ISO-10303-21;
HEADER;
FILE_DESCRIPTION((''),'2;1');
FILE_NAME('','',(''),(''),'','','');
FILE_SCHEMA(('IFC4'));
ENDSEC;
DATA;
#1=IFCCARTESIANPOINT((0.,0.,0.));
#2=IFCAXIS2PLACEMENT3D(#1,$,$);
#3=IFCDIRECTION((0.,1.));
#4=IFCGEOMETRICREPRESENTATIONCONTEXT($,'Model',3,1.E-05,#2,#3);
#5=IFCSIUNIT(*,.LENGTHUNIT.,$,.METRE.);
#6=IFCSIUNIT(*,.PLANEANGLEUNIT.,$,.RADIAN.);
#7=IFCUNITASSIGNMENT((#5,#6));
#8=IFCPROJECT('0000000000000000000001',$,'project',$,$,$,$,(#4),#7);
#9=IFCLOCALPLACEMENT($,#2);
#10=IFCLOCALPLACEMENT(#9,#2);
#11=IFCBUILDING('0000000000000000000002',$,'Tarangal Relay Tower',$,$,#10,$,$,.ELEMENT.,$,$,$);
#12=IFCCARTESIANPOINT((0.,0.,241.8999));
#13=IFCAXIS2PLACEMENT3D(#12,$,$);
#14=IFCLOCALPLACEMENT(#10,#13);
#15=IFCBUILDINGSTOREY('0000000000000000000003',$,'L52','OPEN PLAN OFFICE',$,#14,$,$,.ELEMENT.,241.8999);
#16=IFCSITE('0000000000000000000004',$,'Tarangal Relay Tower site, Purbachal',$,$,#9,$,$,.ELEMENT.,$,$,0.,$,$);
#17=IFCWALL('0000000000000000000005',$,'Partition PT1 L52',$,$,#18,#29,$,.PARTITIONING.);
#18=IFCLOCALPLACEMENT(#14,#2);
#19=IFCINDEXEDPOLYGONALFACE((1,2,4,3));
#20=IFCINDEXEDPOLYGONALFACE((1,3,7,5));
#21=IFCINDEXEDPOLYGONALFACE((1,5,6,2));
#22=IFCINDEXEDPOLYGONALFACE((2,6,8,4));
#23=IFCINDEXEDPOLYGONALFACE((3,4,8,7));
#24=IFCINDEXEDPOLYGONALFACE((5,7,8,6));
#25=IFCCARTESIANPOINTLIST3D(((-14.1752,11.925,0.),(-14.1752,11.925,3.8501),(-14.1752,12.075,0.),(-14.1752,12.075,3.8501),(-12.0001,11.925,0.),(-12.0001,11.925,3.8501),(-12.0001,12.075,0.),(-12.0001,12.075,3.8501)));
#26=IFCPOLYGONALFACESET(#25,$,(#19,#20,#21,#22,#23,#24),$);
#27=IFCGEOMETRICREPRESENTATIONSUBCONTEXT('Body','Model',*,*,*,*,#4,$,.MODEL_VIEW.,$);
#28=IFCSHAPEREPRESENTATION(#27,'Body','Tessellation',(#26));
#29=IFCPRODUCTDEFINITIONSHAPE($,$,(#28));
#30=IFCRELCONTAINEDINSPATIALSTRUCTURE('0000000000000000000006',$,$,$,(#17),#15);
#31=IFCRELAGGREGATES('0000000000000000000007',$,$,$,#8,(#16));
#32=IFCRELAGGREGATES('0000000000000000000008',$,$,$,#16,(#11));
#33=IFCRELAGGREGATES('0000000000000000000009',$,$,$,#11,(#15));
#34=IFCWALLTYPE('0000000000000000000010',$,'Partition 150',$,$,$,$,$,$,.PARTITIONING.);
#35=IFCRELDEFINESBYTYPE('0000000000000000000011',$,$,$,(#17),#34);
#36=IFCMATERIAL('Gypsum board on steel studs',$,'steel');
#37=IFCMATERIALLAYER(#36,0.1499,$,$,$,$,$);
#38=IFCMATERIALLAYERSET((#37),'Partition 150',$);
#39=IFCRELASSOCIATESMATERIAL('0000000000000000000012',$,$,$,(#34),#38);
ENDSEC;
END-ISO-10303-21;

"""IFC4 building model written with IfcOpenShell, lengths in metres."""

from ifc_helpers import new_model, si_unit, direction, frame, frame_2d, origin, place, context, subcontext, project, spatial, rectangle, extrude, material, layer, layer_set, type_object, element, save


model = new_model("IFC4")

# Units and contexts
model_context = context("Model", 3, precision=1e-05, world=origin(), true_north=direction((0.0, 1.0)))
body_context = subcontext(model_context, "Body", "Model", "MODEL_VIEW")
ifc_project = project(units=[si_unit("LENGTHUNIT", "METRE"), si_unit("PLANEANGLEUNIT", "RADIAN")], contexts=[model_context])

# Site, building, storey
site_placement = place(None, origin())
site = spatial("IfcSite", under=ifc_project, at=site_placement, Name="Tarangal Relay Tower site, Purbachal", CompositionType="ELEMENT", RefElevation=0.0)
building_placement = place(site_placement, origin())
building = spatial("IfcBuilding", under=site, at=building_placement, Name="Tarangal Relay Tower", CompositionType="ELEMENT")
storey_placement = place(building_placement, frame((0.0, 0.0, 241.8999)))
storey = spatial("IfcBuildingStorey", under=building, at=storey_placement, Name="L52", Description="OPEN PLAN OFFICE", CompositionType="ELEMENT", Elevation=241.8999)

# Wall
ifc_material_1 = material(Name="Gypsum board on steel studs", Category="steel")
ifc_layer_1 = layer(ifc_material_1, 0.1499)
ifc_layer_set_1 = layer_set([ifc_layer_1], Name="Partition 150")
wall_type_1 = type_object("IfcWallType", Name="Partition 150", PredefinedType="PARTITIONING", material=ifc_layer_set_1)
wall_1_placement = place(storey_placement, frame((-14.175, 12.0, 0.0), z_axis=(0.0, 0.0, 1.0), x_axis=(1.0, 0.0, 0.0)))
element("IfcWall", 1, at=wall_1_placement, inside=storey, type_object=wall_type_1, Name="Partition PT1 L52", PredefinedType="PARTITIONING", context=body_context, shape_type="SweptSolid", body=[
    extrude(rectangle(XDim=2.175, YDim=0.1499, at=frame_2d((1.0874, 0.0))), origin(), (0.0, 0.0, 1.0), 3.8501),
])

save(model, "model.ifc")
